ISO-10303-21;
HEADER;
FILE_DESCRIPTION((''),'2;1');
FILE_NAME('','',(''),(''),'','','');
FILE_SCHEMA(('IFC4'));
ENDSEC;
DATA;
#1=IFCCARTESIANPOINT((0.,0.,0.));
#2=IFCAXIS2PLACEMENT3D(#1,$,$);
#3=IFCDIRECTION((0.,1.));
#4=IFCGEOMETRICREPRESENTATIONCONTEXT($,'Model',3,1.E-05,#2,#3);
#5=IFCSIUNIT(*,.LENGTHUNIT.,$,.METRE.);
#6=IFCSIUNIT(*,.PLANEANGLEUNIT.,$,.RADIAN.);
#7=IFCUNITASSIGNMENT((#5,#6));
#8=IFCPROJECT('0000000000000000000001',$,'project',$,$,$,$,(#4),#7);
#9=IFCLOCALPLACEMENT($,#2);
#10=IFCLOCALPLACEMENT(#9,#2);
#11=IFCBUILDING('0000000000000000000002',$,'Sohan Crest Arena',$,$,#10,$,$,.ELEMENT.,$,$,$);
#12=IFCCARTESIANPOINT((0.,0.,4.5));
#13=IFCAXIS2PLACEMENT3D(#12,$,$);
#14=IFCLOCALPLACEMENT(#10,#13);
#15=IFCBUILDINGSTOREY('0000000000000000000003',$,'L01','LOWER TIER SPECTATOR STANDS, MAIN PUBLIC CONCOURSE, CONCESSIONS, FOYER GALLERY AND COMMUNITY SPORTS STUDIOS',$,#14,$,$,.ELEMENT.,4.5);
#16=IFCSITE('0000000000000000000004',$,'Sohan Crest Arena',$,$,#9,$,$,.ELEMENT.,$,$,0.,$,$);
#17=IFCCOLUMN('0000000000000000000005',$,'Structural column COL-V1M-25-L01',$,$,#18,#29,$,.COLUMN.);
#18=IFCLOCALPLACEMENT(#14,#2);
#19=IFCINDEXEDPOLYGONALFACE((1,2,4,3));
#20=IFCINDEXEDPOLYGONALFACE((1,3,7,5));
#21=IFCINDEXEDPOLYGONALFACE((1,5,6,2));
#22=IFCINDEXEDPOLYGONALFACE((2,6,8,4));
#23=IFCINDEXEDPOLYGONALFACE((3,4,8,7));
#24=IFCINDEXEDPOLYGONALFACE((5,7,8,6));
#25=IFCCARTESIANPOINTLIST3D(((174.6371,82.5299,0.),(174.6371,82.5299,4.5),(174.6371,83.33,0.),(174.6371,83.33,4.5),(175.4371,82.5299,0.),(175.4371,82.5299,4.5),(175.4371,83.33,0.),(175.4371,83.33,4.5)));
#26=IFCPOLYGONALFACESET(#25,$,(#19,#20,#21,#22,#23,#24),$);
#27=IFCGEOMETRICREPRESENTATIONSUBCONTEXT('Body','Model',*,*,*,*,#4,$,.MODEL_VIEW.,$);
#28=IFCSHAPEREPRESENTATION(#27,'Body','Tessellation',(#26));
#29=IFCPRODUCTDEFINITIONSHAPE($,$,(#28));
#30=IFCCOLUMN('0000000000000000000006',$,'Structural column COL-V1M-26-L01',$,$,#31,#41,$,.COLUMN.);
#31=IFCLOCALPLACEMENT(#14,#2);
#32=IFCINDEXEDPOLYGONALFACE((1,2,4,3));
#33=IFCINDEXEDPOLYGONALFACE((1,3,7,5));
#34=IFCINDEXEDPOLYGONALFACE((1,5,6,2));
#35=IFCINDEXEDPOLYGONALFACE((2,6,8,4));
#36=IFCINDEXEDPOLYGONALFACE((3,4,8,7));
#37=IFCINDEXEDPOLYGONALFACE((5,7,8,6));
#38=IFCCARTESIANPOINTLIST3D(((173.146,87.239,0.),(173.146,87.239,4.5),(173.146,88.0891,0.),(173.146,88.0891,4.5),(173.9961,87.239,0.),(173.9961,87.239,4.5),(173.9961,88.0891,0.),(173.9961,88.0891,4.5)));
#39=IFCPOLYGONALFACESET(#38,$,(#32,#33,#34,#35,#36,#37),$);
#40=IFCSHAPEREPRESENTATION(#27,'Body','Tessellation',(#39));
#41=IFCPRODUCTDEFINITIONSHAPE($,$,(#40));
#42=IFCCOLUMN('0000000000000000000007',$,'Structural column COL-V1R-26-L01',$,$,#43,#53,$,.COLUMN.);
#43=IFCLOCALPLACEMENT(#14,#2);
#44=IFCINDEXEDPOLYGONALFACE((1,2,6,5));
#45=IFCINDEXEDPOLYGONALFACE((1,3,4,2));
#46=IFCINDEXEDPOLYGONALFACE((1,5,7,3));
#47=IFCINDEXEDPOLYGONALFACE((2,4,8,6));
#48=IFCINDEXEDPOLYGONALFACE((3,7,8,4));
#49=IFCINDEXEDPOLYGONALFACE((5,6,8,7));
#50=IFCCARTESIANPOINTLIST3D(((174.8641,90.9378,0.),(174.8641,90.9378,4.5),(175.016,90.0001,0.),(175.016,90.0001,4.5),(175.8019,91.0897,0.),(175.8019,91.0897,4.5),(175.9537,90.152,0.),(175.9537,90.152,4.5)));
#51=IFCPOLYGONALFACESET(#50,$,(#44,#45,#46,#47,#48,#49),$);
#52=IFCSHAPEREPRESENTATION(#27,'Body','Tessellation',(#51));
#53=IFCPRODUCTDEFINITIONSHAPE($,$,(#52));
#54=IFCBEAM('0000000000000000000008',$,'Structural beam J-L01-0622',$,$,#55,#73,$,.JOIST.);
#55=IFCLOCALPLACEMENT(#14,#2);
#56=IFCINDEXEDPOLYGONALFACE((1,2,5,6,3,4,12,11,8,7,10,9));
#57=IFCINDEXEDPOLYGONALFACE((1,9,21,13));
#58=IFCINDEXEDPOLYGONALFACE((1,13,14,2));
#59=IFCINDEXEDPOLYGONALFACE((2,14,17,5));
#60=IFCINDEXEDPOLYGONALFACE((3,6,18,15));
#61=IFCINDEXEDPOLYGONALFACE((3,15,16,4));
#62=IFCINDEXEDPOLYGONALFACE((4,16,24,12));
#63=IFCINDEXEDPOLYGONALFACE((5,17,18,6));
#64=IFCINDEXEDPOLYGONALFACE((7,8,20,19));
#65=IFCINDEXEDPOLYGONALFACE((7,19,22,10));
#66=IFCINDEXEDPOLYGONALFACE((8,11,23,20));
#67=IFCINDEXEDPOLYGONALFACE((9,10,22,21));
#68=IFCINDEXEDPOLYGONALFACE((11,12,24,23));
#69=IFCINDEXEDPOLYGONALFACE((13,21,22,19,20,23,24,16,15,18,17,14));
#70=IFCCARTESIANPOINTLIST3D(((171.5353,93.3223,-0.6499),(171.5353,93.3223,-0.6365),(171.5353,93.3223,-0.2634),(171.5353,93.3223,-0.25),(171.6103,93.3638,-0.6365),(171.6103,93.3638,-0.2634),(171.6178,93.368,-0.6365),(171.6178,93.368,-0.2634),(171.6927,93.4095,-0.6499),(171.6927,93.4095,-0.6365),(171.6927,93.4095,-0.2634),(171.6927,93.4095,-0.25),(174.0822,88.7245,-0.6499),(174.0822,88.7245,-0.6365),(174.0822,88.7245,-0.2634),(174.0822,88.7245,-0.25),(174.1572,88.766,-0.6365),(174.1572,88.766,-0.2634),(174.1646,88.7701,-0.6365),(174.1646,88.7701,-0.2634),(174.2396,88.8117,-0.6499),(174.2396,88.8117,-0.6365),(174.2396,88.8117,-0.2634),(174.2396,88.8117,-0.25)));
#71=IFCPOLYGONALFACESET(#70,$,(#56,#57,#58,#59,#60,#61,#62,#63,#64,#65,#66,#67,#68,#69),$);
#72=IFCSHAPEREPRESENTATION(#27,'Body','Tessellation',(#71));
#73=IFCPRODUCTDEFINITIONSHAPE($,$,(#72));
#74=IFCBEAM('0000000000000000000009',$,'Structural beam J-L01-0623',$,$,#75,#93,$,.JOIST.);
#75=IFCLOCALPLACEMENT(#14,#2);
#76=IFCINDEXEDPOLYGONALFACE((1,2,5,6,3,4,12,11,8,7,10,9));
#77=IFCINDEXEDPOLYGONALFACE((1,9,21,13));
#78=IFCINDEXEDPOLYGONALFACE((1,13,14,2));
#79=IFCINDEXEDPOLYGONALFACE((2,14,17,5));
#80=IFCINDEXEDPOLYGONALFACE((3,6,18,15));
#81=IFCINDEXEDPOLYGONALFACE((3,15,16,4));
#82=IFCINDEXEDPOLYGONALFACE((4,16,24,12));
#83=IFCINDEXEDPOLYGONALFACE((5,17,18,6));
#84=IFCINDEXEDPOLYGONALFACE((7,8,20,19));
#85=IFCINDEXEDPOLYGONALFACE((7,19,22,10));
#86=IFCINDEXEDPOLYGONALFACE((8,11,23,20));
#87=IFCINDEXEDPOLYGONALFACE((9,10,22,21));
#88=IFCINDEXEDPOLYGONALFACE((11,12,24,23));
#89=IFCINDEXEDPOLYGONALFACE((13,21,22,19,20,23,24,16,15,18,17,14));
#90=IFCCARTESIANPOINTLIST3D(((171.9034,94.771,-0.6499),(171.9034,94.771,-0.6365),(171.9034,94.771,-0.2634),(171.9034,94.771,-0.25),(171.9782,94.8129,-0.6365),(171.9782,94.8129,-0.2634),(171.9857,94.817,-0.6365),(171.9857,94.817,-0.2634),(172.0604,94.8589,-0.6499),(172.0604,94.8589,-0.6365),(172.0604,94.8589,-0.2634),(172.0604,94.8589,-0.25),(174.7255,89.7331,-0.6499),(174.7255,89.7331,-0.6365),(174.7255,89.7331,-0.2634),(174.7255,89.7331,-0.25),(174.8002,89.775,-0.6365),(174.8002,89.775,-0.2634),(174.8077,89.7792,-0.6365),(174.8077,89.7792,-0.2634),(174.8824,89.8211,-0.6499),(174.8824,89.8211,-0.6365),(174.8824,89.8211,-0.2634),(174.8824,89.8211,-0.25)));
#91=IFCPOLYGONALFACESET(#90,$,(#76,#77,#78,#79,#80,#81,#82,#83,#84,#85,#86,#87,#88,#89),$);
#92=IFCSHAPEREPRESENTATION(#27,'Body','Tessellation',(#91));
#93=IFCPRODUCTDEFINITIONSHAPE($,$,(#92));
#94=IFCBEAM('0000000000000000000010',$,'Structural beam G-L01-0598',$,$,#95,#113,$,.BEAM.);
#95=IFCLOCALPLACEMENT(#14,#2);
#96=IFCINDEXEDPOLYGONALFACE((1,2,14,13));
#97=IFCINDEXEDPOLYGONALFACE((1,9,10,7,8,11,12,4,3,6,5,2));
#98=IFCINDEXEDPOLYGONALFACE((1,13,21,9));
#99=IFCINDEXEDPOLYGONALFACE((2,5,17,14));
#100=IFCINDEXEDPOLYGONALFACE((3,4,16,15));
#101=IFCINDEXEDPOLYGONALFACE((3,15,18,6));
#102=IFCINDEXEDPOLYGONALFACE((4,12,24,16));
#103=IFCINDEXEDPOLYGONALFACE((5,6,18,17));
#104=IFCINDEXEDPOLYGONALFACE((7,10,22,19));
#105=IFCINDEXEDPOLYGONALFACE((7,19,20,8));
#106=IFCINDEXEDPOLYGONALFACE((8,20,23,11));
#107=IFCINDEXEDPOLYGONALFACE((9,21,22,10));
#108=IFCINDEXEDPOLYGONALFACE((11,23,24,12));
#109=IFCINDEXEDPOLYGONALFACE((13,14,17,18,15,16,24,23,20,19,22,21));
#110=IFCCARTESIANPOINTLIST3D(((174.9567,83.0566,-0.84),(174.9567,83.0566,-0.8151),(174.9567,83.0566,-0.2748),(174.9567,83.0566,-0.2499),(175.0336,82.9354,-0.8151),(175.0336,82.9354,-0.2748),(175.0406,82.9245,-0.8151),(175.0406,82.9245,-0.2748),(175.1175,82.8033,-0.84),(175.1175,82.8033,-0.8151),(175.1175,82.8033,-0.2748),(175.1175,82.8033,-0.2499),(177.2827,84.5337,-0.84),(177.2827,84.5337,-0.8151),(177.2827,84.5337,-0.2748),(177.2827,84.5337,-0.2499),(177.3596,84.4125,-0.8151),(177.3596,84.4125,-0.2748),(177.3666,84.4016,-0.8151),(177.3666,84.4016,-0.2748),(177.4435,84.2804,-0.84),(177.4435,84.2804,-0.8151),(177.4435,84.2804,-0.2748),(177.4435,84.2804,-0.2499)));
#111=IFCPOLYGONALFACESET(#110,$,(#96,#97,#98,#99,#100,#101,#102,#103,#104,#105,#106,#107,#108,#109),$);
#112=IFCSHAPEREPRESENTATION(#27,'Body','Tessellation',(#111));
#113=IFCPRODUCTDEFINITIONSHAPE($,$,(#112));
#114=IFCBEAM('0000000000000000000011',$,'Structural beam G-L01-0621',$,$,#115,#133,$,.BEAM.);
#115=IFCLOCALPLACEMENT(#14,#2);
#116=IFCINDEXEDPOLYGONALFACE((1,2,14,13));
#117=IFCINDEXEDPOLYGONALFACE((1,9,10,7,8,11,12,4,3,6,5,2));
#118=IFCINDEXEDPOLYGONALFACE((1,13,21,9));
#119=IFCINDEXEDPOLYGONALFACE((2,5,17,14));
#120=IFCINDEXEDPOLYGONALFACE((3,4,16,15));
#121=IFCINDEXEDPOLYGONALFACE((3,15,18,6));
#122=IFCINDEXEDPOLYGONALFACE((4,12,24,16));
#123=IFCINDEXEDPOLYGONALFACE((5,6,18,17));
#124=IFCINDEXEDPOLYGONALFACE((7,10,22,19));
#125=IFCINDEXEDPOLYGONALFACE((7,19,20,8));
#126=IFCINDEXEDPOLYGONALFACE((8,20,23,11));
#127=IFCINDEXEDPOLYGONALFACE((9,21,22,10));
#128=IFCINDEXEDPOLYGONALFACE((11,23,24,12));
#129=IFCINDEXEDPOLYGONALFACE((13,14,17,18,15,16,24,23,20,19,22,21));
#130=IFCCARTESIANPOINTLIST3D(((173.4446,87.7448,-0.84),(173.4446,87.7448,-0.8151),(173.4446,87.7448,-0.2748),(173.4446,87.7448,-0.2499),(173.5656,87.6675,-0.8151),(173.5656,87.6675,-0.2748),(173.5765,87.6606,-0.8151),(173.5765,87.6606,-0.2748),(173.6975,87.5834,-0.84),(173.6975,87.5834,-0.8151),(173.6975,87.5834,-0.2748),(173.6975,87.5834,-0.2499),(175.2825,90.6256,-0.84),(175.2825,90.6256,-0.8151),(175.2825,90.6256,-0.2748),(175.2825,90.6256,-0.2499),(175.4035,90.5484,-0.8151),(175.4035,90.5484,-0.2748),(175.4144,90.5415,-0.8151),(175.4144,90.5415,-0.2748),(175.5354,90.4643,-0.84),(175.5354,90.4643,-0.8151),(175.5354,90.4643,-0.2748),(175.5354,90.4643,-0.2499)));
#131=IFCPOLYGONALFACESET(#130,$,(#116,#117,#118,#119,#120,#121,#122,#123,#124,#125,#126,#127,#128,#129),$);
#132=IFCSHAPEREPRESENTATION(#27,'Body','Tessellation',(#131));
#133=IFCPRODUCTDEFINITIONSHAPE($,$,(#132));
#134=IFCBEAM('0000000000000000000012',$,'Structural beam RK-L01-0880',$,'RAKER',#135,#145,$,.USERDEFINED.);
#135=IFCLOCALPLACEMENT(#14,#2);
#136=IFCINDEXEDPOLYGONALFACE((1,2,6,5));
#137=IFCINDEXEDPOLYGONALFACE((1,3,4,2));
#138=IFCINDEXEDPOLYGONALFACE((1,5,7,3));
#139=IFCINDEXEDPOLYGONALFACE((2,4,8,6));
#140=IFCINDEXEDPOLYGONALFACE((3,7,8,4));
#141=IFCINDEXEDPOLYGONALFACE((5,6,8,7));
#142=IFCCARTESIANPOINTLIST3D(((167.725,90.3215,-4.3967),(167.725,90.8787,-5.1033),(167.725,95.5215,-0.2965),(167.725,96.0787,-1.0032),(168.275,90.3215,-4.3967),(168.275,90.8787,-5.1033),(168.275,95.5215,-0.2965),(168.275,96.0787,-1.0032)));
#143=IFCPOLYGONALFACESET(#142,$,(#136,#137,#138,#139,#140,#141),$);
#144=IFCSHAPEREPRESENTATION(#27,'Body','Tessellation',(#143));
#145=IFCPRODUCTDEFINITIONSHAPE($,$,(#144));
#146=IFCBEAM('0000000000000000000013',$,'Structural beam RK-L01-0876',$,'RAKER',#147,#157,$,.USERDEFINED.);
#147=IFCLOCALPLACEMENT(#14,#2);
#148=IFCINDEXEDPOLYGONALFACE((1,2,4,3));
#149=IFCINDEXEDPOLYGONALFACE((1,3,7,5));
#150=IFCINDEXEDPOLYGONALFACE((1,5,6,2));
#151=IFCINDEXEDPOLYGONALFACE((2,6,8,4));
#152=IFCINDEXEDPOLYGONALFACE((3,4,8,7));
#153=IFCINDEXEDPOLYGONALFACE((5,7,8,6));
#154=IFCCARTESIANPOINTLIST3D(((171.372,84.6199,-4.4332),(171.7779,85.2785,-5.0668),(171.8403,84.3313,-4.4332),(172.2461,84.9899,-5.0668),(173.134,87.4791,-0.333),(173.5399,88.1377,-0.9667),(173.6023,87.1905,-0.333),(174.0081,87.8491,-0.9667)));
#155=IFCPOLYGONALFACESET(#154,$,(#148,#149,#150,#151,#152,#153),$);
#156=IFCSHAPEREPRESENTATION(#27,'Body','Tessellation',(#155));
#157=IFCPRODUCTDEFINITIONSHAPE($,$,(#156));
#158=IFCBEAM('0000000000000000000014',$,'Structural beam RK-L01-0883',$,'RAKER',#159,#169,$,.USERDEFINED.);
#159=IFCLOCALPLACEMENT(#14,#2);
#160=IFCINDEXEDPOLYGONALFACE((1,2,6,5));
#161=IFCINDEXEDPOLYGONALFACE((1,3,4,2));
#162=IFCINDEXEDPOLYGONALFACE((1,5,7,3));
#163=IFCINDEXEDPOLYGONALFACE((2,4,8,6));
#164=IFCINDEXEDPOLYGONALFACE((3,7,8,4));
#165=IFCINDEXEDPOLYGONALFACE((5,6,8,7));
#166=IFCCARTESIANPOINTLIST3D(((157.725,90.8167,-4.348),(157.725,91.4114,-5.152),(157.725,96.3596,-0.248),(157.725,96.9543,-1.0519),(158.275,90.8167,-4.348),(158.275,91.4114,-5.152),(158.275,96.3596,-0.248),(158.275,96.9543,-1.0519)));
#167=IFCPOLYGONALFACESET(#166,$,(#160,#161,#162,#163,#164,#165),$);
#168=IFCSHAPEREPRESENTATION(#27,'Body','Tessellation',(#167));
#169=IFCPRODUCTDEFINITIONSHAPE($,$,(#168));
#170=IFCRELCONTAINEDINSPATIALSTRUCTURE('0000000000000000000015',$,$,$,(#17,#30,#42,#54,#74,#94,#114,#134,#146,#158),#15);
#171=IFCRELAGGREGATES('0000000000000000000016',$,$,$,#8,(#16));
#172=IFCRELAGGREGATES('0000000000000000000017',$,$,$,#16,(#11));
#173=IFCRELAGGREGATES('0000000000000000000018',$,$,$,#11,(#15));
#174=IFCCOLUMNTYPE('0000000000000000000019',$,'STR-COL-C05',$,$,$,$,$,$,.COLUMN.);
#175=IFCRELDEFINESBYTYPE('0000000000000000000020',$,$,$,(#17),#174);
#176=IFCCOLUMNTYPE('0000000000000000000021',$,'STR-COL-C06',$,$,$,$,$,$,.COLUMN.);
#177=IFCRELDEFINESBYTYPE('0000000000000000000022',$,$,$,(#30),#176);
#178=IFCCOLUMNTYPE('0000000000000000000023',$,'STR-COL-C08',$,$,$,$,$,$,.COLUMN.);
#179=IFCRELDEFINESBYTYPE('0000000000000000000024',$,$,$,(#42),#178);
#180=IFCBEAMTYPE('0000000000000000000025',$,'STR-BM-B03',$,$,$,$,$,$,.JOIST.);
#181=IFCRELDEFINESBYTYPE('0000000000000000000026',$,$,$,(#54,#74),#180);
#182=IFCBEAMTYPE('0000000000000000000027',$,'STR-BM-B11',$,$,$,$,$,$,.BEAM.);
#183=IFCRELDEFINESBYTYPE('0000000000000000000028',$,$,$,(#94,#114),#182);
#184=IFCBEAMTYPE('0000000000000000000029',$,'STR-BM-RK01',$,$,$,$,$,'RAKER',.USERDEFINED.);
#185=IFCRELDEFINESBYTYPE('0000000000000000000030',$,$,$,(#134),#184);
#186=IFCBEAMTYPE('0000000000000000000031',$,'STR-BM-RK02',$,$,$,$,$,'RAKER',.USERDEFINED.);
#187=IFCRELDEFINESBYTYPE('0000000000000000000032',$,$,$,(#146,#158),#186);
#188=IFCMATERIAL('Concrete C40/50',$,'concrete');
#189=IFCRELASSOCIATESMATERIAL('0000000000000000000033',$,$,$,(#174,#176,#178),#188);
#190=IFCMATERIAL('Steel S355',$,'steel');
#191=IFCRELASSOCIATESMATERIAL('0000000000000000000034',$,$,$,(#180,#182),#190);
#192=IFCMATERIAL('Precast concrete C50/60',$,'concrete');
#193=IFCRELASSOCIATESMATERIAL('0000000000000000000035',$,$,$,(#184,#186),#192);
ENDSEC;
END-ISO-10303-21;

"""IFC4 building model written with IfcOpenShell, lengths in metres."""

from ifc_helpers import new_model, si_unit, direction, frame, origin, origin_2d, place, context, subcontext, project, spatial, rectangle, i_section, extrude, material, material_profile, profile_set, type_object, element, save


model = new_model("IFC4")

# Units and contexts
model_context = context("Model", 3, precision=1e-05, world=origin(), true_north=direction((0.0, 1.0)))
body_context = subcontext(model_context, "Body", "Model", "MODEL_VIEW")
ifc_project = project(units=[si_unit("LENGTHUNIT", "METRE"), si_unit("PLANEANGLEUNIT", "RADIAN")], contexts=[model_context])

# Site, building, storey
site_placement = place(None, origin())
site = spatial("IfcSite", under=ifc_project, at=site_placement, Name="Sohan Crest Arena", CompositionType="ELEMENT", RefElevation=0.0)
building_placement = place(site_placement, origin())
building = spatial("IfcBuilding", under=site, at=building_placement, Name="Sohan Crest Arena", CompositionType="ELEMENT")
storey_placement = place(building_placement, frame((0.0, 0.0, 4.5)))
storey = spatial("IfcBuildingStorey", under=building, at=storey_placement, Name="L01", Description="LOWER TIER SPECTATOR STANDS, MAIN PUBLIC CONCOURSE, CONCESSIONS, FOYER GALLERY AND COMMUNITY SPORTS STUDIOS", CompositionType="ELEMENT", Elevation=4.5)

# Columns
ifc_material_1 = material(Name="Concrete C40/50", Category="concrete")
ifc_material_profile_1 = material_profile(ifc_material_1, rectangle(XDim=0.8, YDim=0.8, at=origin_2d()), Name="RC 800x800")
ifc_profile_set_1 = profile_set([ifc_material_profile_1], Name="Concrete C40/50")
column_type_1 = type_object("IfcColumnType", Name="STR-COL-C05", PredefinedType="COLUMN", material=ifc_profile_set_1)
column_1_placement = place(storey_placement, frame((175.0371, 82.9299, 0.0), z_axis=(0.0, 0.0, 1.0), x_axis=(1.0, 0.0, 0.0)))
element("IfcColumn", 1, at=column_1_placement, inside=storey, type_object=column_type_1, Name="Structural column COL-V1M-25-L01", PredefinedType="COLUMN", context=body_context, shape_type="SweptSolid", body=[
    extrude(rectangle(XDim=0.8, YDim=0.8, at=origin_2d()), origin(), (0.0, 0.0, 1.0), 4.5),
])
ifc_material_profile_2 = material_profile(ifc_material_1, rectangle(XDim=0.8501, YDim=0.8501, at=origin_2d()), Name="RC 850x850")
ifc_profile_set_2 = profile_set([ifc_material_profile_2], Name="Concrete C40/50")
column_type_2 = type_object("IfcColumnType", Name="STR-COL-C06", PredefinedType="COLUMN", material=ifc_profile_set_2)
column_2_placement = place(storey_placement, frame((173.571, 87.6641, 0.0), z_axis=(0.0, 0.0, 1.0), x_axis=(1.0, 0.0, 0.0)))
element("IfcColumn", 2, at=column_2_placement, inside=storey, type_object=column_type_2, Name="Structural column COL-V1M-26-L01", PredefinedType="COLUMN", context=body_context, shape_type="SweptSolid", body=[
    extrude(rectangle(XDim=0.8501, YDim=0.8501, at=origin_2d()), origin(), (0.0, 0.0, 1.0), 4.5),
])
ifc_material_profile_3 = material_profile(ifc_material_1, rectangle(XDim=0.95, YDim=0.95, at=origin_2d()), Name="RC 950x950")
ifc_profile_set_3 = profile_set([ifc_material_profile_3], Name="Concrete C40/50")
column_type_3 = type_object("IfcColumnType", Name="STR-COL-C08", PredefinedType="COLUMN", material=ifc_profile_set_3)
column_3_placement = place(storey_placement, frame((175.4089, 90.5449, 0.0), z_axis=(0.0, 0.0, 1.0), x_axis=(0.987136, 0.159881, 0.0)))
element("IfcColumn", 3, at=column_3_placement, inside=storey, type_object=column_type_3, Name="Structural column COL-V1R-26-L01", PredefinedType="COLUMN", context=body_context, shape_type="SweptSolid", body=[
    extrude(rectangle(XDim=0.95, YDim=0.95, at=origin_2d()), origin(), (0.0, 0.0, 1.0), 4.5),
])

# Beams
ifc_material_2 = material(Name="Steel S355", Category="steel")
ifc_material_profile_4 = material_profile(ifc_material_2, i_section(OverallWidth=0.1799, OverallDepth=0.3999, WebThickness=0.0085, FlangeThickness=0.0134, at=origin_2d()), Name="IPE 400")
ifc_profile_set_4 = profile_set([ifc_material_profile_4], Name="Steel S355")
beam_type_1 = type_object("IfcBeamType", Name="STR-BM-B03", PredefinedType="JOIST", material=ifc_profile_set_4)
beam_1_placement = place(storey_placement, frame((174.1609, 88.7681, -0.45), z_axis=(-0.48455, 0.874763, 0.0), x_axis=(-0.874763, -0.48455, 0.0)))
element("IfcBeam", 4, at=beam_1_placement, inside=storey, type_object=beam_type_1, Name="Structural beam J-L01-0622", PredefinedType="JOIST", context=body_context, shape_type="SweptSolid", body=[
    extrude(i_section(OverallWidth=0.1799, OverallDepth=0.3999, WebThickness=0.0085, FlangeThickness=0.0134, at=origin_2d()), origin(), (0.0, 0.0, 1.0), 5.2561),
])
beam_2_placement = place(storey_placement, frame((174.804, 89.7771, -0.45), z_axis=(-0.488713, 0.872445, 0.0), x_axis=(-0.872445, -0.488713, 0.0)))
element("IfcBeam", 5, at=beam_2_placement, inside=storey, type_object=beam_type_1, Name="Structural beam J-L01-0623", PredefinedType="JOIST", context=body_context, shape_type="SweptSolid", body=[
    extrude(i_section(OverallWidth=0.1799, OverallDepth=0.3999, WebThickness=0.0085, FlangeThickness=0.0134, at=origin_2d()), origin(), (0.0, 0.0, 1.0), 5.7744),
])
ifc_material_profile_5 = material_profile(ifc_material_2, i_section(OverallWidth=0.3, OverallDepth=0.5901, WebThickness=0.0129, FlangeThickness=0.0249, at=origin_2d()), Name="HEA 600")
ifc_profile_set_5 = profile_set([ifc_material_profile_5], Name="Steel S355")
beam_type_2 = type_object("IfcBeamType", Name="STR-BM-B11", PredefinedType="BEAM", material=ifc_profile_set_5)
beam_3_placement = place(storey_placement, frame((175.0371, 82.9299, -0.5449), z_axis=(0.844168, 0.536078, 0.0), x_axis=(-0.536078, 0.844168, 0.0)))
element("IfcBeam", 6, at=beam_3_placement, inside=storey, type_object=beam_type_2, Name="Structural beam G-L01-0598", PredefinedType="BEAM", context=body_context, shape_type="SweptSolid", body=[
    extrude(i_section(OverallWidth=0.3, OverallDepth=0.5901, WebThickness=0.0129, FlangeThickness=0.0249, at=origin_2d()), origin(), (0.0, 0.0, 1.0), 2.7554),
])
beam_4_placement = place(storey_placement, frame((173.571, 87.6641, -0.5449), z_axis=(0.537837, 0.843049, 0.0), x_axis=(-0.843049, 0.537837, 0.0)))
element("IfcBeam", 7, at=beam_4_placement, inside=storey, type_object=beam_type_2, Name="Structural beam G-L01-0621", PredefinedType="BEAM", context=body_context, shape_type="SweptSolid", body=[
    extrude(i_section(OverallWidth=0.3, OverallDepth=0.5901, WebThickness=0.0129, FlangeThickness=0.0249, at=origin_2d()), origin(), (0.0, 0.0, 1.0), 3.4172),
])
ifc_material_3 = material(Name="Precast concrete C50/60", Category="concrete")
ifc_material_profile_6 = material_profile(ifc_material_3, rectangle(XDim=0.55, YDim=0.8999, at=origin_2d()), Name="RAKER 550x900")
ifc_profile_set_6 = profile_set([ifc_material_profile_6], Name="Precast concrete C50/60")
beam_type_3 = type_object("IfcBeamType", Name="STR-BM-RK01", ElementType="RAKER", PredefinedType="USERDEFINED", material=ifc_profile_set_6)
beam_5_placement = place(storey_placement, frame((168.0, 90.6001, -4.75), z_axis=(0.0, 0.785259, 0.619167), x_axis=(-1.0, 0.0, 0.0)))
element("IfcBeam", 8, at=beam_5_placement, inside=storey, type_object=beam_type_3, Name="Structural beam RK-L01-0880", ObjectType="RAKER", PredefinedType="USERDEFINED", context=body_context, shape_type="SweptSolid", body=[
    extrude(rectangle(XDim=0.55, YDim=0.8999, at=origin_2d()), origin(), (0.0, 0.0, 1.0), 6.6221),
])
ifc_material_profile_7 = material_profile(ifc_material_3, rectangle(XDim=0.55, YDim=1.0, at=origin_2d()), Name="RAKER 550x1000")
ifc_profile_set_7 = profile_set([ifc_material_profile_7], Name="Precast concrete C50/60")
beam_type_4 = type_object("IfcBeamType", Name="STR-BM-RK02", ElementType="RAKER", PredefinedType="USERDEFINED", material=ifc_profile_set_7)
beam_6_placement = place(storey_placement, frame((171.8091, 84.8049, -4.75), z_axis=(0.332446, 0.539459, 0.773604), x_axis=(-0.851326, 0.524637, 0.0)))
element("IfcBeam", 9, at=beam_6_placement, inside=storey, type_object=beam_type_4, Name="Structural beam RK-L01-0876", ObjectType="RAKER", PredefinedType="USERDEFINED", context=body_context, shape_type="SweptSolid", body=[
    extrude(rectangle(XDim=0.55, YDim=1.0, at=origin_2d()), origin(), (0.0, 0.0, 1.0), 5.3),
])
beam_7_placement = place(storey_placement, frame((158.0, 91.114, -4.75), z_axis=(0.0, 0.80396, 0.594684), x_axis=(-1.0, 0.0, 0.0)))
element("IfcBeam", 10, at=beam_7_placement, inside=storey, type_object=beam_type_4, Name="Structural beam RK-L01-0883", ObjectType="RAKER", PredefinedType="USERDEFINED", context=body_context, shape_type="SweptSolid", body=[
    extrude(rectangle(XDim=0.55, YDim=1.0, at=origin_2d()), origin(), (0.0, 0.0, 1.0), 6.8945),
])

save(model, "model.ifc")
